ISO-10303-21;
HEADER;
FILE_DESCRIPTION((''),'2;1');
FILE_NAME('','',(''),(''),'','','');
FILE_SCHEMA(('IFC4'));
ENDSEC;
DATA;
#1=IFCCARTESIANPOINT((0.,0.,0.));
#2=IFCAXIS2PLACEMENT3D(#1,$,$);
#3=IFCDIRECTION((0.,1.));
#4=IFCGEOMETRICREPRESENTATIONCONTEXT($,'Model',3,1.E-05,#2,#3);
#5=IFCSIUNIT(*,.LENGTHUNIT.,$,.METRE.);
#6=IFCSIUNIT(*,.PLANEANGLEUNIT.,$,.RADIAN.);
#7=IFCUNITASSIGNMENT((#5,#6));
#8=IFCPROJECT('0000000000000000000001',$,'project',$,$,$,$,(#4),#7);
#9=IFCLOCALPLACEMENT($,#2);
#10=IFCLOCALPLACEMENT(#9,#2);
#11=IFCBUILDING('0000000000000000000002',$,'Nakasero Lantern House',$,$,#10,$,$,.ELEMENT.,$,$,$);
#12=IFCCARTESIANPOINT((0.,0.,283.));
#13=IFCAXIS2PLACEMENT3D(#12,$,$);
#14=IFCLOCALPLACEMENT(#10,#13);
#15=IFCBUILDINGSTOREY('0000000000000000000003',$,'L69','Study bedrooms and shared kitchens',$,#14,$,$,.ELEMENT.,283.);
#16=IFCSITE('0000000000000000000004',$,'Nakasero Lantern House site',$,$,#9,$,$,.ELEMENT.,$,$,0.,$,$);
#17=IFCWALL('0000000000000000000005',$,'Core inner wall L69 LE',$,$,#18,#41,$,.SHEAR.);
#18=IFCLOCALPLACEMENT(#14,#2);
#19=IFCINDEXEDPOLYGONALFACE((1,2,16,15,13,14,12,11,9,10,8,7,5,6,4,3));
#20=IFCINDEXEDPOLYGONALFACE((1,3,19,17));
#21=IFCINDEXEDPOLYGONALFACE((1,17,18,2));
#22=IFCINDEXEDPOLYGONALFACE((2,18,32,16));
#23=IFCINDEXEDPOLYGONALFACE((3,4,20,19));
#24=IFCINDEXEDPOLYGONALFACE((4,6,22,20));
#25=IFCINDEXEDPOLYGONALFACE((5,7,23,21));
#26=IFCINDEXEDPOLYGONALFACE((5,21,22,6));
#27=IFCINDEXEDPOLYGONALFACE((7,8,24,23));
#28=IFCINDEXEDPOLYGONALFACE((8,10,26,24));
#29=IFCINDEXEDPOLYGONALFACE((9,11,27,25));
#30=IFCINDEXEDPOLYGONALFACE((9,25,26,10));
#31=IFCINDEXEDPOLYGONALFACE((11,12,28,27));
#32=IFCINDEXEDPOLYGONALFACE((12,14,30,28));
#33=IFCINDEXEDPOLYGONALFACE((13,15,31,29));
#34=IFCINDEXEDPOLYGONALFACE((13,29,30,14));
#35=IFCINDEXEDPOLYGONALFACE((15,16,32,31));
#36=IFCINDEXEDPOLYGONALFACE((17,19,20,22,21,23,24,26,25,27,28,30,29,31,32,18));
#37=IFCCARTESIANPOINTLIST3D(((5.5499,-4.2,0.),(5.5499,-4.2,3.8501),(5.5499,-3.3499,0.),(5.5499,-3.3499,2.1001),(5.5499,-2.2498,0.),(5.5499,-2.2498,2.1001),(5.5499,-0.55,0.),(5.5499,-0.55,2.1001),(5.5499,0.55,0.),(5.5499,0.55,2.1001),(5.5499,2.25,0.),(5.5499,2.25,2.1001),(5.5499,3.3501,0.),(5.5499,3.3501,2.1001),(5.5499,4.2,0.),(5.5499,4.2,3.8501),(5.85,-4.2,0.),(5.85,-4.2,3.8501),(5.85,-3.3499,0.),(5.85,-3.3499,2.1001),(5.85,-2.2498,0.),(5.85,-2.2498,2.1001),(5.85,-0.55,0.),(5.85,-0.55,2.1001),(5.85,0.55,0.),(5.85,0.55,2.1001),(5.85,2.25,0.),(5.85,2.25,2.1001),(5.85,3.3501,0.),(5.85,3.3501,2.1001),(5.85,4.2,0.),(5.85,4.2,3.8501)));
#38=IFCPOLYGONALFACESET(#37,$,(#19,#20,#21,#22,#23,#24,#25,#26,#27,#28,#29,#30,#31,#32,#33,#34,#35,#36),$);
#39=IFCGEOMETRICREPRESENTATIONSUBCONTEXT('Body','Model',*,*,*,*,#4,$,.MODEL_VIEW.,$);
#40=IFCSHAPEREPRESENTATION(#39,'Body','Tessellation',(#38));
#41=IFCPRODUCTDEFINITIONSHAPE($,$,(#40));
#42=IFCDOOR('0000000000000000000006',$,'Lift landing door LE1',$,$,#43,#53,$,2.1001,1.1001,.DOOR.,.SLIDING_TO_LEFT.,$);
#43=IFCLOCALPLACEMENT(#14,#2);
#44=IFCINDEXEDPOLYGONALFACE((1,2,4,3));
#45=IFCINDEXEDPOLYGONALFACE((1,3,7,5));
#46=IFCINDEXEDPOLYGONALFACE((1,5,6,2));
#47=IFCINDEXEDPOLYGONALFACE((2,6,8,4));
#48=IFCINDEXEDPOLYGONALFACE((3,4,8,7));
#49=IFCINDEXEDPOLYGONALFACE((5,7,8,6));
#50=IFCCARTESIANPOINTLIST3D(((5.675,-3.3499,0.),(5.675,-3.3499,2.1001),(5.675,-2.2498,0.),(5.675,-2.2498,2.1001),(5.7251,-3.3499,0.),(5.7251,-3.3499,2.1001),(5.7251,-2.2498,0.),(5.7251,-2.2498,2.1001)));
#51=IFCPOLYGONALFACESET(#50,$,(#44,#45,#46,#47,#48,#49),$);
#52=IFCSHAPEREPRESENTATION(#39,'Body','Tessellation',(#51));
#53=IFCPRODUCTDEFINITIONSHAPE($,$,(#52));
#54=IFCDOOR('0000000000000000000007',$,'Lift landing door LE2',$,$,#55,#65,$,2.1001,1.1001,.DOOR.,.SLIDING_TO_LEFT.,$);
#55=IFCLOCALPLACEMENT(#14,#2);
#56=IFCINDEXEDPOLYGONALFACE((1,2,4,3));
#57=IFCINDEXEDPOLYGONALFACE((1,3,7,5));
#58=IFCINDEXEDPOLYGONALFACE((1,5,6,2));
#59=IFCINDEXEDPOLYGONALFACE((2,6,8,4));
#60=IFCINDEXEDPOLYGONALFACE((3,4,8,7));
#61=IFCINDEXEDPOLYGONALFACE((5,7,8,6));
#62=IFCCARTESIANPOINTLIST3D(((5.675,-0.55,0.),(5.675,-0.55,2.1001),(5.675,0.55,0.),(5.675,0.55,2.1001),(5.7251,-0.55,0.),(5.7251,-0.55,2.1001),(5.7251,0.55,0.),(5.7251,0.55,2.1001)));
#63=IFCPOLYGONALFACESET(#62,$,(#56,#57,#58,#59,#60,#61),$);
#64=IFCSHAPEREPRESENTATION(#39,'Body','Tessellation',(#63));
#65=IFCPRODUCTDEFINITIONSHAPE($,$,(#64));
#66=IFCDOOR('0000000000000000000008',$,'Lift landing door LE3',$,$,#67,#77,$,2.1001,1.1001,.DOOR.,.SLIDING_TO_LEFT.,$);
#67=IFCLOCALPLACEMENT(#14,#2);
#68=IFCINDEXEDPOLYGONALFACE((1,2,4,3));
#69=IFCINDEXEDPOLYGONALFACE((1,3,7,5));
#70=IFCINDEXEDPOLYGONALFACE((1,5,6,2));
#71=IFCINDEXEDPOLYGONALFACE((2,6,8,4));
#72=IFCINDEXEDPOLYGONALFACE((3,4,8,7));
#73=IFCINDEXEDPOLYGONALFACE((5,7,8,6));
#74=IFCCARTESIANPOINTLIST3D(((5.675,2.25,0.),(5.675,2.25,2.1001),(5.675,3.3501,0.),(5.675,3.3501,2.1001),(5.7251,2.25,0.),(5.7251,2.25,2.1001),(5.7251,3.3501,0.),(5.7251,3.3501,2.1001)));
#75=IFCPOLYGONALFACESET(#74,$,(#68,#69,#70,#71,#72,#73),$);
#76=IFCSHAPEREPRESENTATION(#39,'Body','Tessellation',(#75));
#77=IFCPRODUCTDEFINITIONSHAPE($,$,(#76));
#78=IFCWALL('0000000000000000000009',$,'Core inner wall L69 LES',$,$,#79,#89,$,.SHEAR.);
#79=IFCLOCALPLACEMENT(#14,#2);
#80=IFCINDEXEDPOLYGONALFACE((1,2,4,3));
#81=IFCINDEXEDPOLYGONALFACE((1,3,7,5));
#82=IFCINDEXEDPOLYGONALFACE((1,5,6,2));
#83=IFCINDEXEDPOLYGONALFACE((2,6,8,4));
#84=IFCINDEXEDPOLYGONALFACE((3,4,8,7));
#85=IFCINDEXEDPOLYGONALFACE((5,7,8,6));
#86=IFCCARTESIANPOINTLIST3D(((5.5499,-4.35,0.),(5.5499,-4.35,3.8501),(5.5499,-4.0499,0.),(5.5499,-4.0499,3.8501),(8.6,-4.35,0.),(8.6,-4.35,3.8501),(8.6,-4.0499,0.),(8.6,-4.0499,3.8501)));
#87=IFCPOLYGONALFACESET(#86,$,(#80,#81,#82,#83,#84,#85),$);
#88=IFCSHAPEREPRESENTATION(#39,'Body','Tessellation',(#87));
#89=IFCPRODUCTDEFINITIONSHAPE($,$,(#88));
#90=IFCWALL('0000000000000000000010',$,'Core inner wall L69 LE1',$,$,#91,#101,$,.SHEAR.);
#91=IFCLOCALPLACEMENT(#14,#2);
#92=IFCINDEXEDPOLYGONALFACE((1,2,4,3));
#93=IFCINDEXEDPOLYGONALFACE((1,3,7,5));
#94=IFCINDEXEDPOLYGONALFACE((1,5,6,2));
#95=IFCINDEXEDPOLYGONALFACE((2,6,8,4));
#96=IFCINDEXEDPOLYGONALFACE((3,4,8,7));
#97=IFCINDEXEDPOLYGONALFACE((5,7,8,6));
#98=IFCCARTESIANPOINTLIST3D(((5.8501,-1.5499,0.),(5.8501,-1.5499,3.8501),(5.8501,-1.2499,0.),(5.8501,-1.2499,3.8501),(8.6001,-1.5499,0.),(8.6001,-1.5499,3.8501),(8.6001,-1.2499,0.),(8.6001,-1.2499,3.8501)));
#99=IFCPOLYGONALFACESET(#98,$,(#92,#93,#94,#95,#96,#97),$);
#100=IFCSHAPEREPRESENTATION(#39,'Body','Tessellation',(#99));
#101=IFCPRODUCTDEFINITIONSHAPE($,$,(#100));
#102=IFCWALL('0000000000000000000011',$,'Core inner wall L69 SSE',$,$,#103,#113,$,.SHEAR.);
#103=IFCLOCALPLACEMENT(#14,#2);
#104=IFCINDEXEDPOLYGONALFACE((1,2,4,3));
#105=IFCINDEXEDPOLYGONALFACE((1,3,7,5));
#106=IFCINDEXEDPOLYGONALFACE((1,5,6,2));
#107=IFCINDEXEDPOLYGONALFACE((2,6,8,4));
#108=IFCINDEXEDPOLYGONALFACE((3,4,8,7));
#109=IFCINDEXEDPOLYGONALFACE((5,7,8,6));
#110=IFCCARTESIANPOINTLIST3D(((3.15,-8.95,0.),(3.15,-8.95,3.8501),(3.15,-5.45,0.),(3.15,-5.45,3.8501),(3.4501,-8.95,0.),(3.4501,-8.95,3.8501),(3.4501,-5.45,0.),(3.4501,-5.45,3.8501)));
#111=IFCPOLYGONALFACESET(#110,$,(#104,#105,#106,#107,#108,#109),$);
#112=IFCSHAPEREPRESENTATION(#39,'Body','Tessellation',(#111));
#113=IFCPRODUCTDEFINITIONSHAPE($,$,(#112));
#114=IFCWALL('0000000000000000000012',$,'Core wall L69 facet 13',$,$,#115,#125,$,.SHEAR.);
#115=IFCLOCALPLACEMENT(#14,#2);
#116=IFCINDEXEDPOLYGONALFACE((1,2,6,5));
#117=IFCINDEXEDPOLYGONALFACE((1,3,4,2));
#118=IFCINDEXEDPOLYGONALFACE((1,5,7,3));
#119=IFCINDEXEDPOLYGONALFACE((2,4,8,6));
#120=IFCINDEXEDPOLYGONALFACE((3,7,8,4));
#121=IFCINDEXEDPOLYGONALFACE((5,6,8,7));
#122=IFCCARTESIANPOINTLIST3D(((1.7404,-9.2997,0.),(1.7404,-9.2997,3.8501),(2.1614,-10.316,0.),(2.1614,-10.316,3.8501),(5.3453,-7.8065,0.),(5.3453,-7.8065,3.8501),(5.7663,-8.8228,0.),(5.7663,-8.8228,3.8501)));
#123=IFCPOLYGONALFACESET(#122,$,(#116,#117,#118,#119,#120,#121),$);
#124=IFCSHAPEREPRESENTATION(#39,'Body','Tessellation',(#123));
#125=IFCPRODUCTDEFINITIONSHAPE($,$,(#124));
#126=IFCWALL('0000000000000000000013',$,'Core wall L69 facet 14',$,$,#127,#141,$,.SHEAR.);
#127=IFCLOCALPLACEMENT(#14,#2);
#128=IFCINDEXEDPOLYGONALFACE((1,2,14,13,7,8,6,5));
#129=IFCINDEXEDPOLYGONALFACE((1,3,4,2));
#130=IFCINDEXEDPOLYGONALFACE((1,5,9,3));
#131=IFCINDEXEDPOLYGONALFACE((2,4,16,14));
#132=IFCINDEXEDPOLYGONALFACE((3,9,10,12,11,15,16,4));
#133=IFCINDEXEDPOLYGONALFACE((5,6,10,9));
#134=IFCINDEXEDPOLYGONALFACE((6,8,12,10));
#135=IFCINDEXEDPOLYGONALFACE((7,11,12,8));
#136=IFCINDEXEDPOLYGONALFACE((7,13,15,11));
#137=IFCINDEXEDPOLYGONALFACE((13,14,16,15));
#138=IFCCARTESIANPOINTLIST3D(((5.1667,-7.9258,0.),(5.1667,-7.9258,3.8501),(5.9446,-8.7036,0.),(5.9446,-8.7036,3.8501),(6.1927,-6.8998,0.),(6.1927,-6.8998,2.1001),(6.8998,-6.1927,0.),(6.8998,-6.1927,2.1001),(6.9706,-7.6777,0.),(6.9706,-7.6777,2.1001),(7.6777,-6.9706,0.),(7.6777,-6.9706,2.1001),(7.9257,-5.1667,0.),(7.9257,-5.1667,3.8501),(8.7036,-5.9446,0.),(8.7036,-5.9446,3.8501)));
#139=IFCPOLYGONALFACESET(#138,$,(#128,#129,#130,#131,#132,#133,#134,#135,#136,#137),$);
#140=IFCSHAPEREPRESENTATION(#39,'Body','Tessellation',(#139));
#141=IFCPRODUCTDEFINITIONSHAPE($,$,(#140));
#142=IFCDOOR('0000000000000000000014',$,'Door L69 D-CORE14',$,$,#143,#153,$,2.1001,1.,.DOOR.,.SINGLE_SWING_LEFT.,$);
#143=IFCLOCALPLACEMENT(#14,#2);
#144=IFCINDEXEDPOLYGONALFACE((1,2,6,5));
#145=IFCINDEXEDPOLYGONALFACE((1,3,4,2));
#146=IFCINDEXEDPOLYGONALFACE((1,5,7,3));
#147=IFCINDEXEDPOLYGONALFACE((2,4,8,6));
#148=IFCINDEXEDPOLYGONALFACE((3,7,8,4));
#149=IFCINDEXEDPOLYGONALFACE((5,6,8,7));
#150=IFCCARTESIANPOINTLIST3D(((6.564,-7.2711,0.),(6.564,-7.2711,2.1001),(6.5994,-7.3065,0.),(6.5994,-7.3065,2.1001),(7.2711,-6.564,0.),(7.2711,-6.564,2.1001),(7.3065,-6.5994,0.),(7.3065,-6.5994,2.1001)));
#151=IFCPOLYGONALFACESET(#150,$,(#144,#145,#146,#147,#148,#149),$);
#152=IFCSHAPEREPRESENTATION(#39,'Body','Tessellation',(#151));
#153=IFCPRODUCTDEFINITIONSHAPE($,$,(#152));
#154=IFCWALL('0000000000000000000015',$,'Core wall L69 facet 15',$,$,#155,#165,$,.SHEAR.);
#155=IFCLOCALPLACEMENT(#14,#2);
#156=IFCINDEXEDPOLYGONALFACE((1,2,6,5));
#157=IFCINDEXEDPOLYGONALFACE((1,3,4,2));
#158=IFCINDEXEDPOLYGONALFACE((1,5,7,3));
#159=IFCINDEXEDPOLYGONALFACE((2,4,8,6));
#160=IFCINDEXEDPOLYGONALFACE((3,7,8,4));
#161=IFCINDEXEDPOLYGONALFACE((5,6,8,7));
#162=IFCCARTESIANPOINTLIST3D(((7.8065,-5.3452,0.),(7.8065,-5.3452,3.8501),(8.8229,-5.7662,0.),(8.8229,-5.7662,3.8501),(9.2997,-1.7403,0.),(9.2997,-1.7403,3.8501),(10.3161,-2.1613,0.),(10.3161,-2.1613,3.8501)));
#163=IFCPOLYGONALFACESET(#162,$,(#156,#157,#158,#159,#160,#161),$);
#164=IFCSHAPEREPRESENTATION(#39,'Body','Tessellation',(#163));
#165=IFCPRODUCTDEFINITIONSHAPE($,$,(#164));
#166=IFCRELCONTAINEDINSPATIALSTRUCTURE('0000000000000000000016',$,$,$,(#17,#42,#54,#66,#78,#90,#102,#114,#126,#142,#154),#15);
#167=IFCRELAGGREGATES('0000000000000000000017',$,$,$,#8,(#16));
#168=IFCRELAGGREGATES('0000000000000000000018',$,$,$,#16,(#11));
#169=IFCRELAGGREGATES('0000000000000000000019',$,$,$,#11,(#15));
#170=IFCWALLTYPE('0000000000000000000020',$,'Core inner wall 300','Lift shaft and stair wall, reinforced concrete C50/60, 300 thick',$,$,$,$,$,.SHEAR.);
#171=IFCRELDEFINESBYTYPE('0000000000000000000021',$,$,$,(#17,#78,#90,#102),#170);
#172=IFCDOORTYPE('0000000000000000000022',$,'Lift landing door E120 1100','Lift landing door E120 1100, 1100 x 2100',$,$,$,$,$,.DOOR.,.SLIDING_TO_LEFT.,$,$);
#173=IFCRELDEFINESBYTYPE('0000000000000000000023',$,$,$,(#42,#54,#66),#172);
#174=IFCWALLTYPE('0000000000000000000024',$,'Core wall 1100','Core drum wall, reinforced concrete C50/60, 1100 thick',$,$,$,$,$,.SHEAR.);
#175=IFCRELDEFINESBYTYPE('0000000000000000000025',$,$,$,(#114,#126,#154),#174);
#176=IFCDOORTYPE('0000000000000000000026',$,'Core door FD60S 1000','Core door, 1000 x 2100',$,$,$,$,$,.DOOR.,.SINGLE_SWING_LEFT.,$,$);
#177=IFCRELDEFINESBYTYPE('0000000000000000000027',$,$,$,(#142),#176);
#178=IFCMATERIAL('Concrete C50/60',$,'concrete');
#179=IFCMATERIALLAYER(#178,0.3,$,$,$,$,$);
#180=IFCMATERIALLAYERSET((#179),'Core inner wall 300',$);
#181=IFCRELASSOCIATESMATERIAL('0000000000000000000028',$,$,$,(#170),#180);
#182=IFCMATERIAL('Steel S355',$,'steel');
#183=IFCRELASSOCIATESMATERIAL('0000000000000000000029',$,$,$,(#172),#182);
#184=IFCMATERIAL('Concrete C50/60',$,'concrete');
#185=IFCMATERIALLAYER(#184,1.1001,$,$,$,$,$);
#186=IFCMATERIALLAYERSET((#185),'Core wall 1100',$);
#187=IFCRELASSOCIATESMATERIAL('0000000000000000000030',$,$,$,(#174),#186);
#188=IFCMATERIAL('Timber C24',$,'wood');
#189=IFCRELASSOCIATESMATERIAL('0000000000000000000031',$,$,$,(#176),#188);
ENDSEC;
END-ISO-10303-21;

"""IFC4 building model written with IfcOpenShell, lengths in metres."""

from ifc_helpers import new_model, si_unit, direction, frame, frame_2d, origin, place, context, subcontext, project, spatial, rectangle, extrude, material, layer, layer_set, type_object, element, fill, save


model = new_model("IFC4")

# Units and contexts
model_context = context("Model", 3, precision=1e-05, world=origin(), true_north=direction((0.0, 1.0)))
body_context = subcontext(model_context, "Body", "Model", "MODEL_VIEW")
ifc_project = project(units=[si_unit("LENGTHUNIT", "METRE"), si_unit("PLANEANGLEUNIT", "RADIAN")], contexts=[model_context])

# Site, building, storey
site_placement = place(None, origin())
site = spatial("IfcSite", under=ifc_project, at=site_placement, Name="Nakasero Lantern House site", CompositionType="ELEMENT", RefElevation=0.0)
building_placement = place(site_placement, origin())
building = spatial("IfcBuilding", under=site, at=building_placement, Name="Nakasero Lantern House", CompositionType="ELEMENT")
storey_placement = place(building_placement, frame((0.0, 0.0, 283.0)))
storey = spatial("IfcBuildingStorey", under=building, at=storey_placement, Name="L69", Description="Study bedrooms and shared kitchens", CompositionType="ELEMENT", Elevation=283.0)

# Wall, openings, doors
ifc_material_1 = material(Name="Concrete C50/60", Category="concrete")
ifc_layer_1 = layer(ifc_material_1, 0.3)
ifc_layer_set_1 = layer_set([ifc_layer_1], Name="Core inner wall 300")
wall_type_1 = type_object("IfcWallType", Name="Core inner wall 300", Description="Lift shaft and stair wall, reinforced concrete C50/60, 300 thick", PredefinedType="SHEAR", material=ifc_layer_set_1)
wall_1_placement = place(storey_placement, frame((5.7, -4.2, 0.0), z_axis=(0.0, 0.0, 1.0), x_axis=(0.0, 1.0, 0.0)))
wall_1 = element("IfcWall", 1, at=wall_1_placement, inside=storey, type_object=wall_type_1, Name="Core inner wall L69 LE", PredefinedType="SHEAR", context=body_context, shape_type="SweptSolid", body=[
    extrude(rectangle(XDim=8.3999, YDim=0.3, at=frame_2d((4.2, 0.0))), origin(), (0.0, 0.0, 1.0), 3.8501),
])
opening_1_placement = place(wall_1_placement, frame((0.8501, 0.0, 0.0)))
opening_1 = element("IfcOpeningElement", 2, at=opening_1_placement, cuts=wall_1, PredefinedType="OPENING", context=body_context, shape_type="SweptSolid", body=[
    extrude(rectangle(XDim=1.1001, YDim=2.1001, at=frame_2d((0.55, 1.05))), frame((0.0, 0.1699, 0.0), z_axis=(0.0, -1.0, 0.0), x_axis=(1.0, 0.0, 0.0)), (0.0, 0.0, 1.0), 0.3401),
])
opening_2_placement = place(wall_1_placement, frame((3.6499, 0.0, 0.0)))
opening_2 = element("IfcOpeningElement", 3, at=opening_2_placement, cuts=wall_1, PredefinedType="OPENING", context=body_context, shape_type="SweptSolid", body=[
    extrude(rectangle(XDim=1.1001, YDim=2.1001, at=frame_2d((0.55, 1.05))), frame((0.0, 0.1699, 0.0), z_axis=(0.0, -1.0, 0.0), x_axis=(1.0, 0.0, 0.0)), (0.0, 0.0, 1.0), 0.3401),
])
opening_3_placement = place(wall_1_placement, frame((6.45, 0.0, 0.0)))
opening_3 = element("IfcOpeningElement", 4, at=opening_3_placement, cuts=wall_1, PredefinedType="OPENING", context=body_context, shape_type="SweptSolid", body=[
    extrude(rectangle(XDim=1.1001, YDim=2.1001, at=frame_2d((0.55, 1.05))), frame((0.0, 0.1699, 0.0), z_axis=(0.0, -1.0, 0.0), x_axis=(1.0, 0.0, 0.0)), (0.0, 0.0, 1.0), 0.3401),
])
ifc_material_2 = material(Name="Steel S355", Category="steel")
door_type_1 = type_object("IfcDoorType", Name="Lift landing door E120 1100", Description="Lift landing door E120 1100, 1100 x 2100", OperationType="SLIDING_TO_LEFT", PredefinedType="DOOR", material=ifc_material_2)
door_1_placement = place(opening_1_placement, origin())
door_1 = element("IfcDoor", 5, at=door_1_placement, inside=storey, type_object=door_type_1, Name="Lift landing door LE1", OperationType="SLIDING_TO_LEFT", OverallHeight=2.1001, OverallWidth=1.1001, PredefinedType="DOOR", context=body_context, shape_type="SweptSolid", body=[
    extrude(rectangle(XDim=1.1001, YDim=2.1001, at=frame_2d((0.55, 1.05))), frame((0.0, 0.0249, 0.0), z_axis=(0.0, -1.0, 0.0), x_axis=(1.0, 0.0, 0.0)), (0.0, 0.0, 1.0), 0.05),
])
fill(opening_1, door_1)
door_2_placement = place(opening_2_placement, origin())
door_2 = element("IfcDoor", 6, at=door_2_placement, inside=storey, type_object=door_type_1, Name="Lift landing door LE2", OperationType="SLIDING_TO_LEFT", OverallHeight=2.1001, OverallWidth=1.1001, PredefinedType="DOOR", context=body_context, shape_type="SweptSolid", body=[
    extrude(rectangle(XDim=1.1001, YDim=2.1001, at=frame_2d((0.55, 1.05))), frame((0.0, 0.0249, 0.0), z_axis=(0.0, -1.0, 0.0), x_axis=(1.0, 0.0, 0.0)), (0.0, 0.0, 1.0), 0.05),
])
fill(opening_2, door_2)
door_3_placement = place(opening_3_placement, origin())
door_3 = element("IfcDoor", 7, at=door_3_placement, inside=storey, type_object=door_type_1, Name="Lift landing door LE3", OperationType="SLIDING_TO_LEFT", OverallHeight=2.1001, OverallWidth=1.1001, PredefinedType="DOOR", context=body_context, shape_type="SweptSolid", body=[
    extrude(rectangle(XDim=1.1001, YDim=2.1001, at=frame_2d((0.55, 1.05))), frame((0.0, 0.0249, 0.0), z_axis=(0.0, -1.0, 0.0), x_axis=(1.0, 0.0, 0.0)), (0.0, 0.0, 1.0), 0.05),
])
fill(opening_3, door_3)

# Walls
wall_2_placement = place(storey_placement, frame((5.55, -4.2, 0.0), z_axis=(0.0, 0.0, 1.0), x_axis=(1.0, 0.0, 0.0)))
element("IfcWall", 8, at=wall_2_placement, inside=storey, type_object=wall_type_1, Name="Core inner wall L69 LES", PredefinedType="SHEAR", context=body_context, shape_type="SweptSolid", body=[
    extrude(rectangle(XDim=3.05, YDim=0.3, at=frame_2d((1.5249, 0.0))), origin(), (0.0, 0.0, 1.0), 3.8501),
])
wall_3_placement = place(storey_placement, frame((5.8501, -1.3999, 0.0), z_axis=(0.0, 0.0, 1.0), x_axis=(1.0, 0.0, 0.0)))
element("IfcWall", 9, at=wall_3_placement, inside=storey, type_object=wall_type_1, Name="Core inner wall L69 LE1", PredefinedType="SHEAR", context=body_context, shape_type="SweptSolid", body=[
    extrude(rectangle(XDim=2.75, YDim=0.3, at=frame_2d((1.375, 0.0))), origin(), (0.0, 0.0, 1.0), 3.8501),
])
wall_4_placement = place(storey_placement, frame((3.3, -5.45, 0.0), z_axis=(0.0, 0.0, 1.0), x_axis=(0.0, -1.0, 0.0)))
element("IfcWall", 10, at=wall_4_placement, inside=storey, type_object=wall_type_1, Name="Core inner wall L69 SSE", PredefinedType="SHEAR", context=body_context, shape_type="SweptSolid", body=[
    extrude(rectangle(XDim=3.5, YDim=0.3, at=frame_2d((1.75, 0.0))), origin(), (0.0, 0.0, 1.0), 3.8501),
])
ifc_material_3 = material(Name="Concrete C50/60", Category="concrete")
ifc_layer_2 = layer(ifc_material_3, 1.1001)
ifc_layer_set_2 = layer_set([ifc_layer_2], Name="Core wall 1100")
wall_type_2 = type_object("IfcWallType", Name="Core wall 1100", Description="Core drum wall, reinforced concrete C50/60, 1100 thick", PredefinedType="SHEAR", material=ifc_layer_set_2)
wall_5_placement = place(storey_placement, frame((1.9509, -9.8079, 0.0), z_axis=(0.0, 0.0, 1.0), x_axis=(0.923877, 0.382691, 0.0)))
element("IfcWall", 11, at=wall_5_placement, inside=storey, type_object=wall_type_2, Name="Core wall L69 facet 13", PredefinedType="SHEAR", context=body_context, shape_type="SweptSolid", body=[
    extrude(rectangle(XDim=3.9019, YDim=1.1001, at=frame_2d((1.9509, 0.0))), origin(), (0.0, 0.0, 1.0), 3.8501),
])

# Wall, opening, door
wall_6_placement = place(storey_placement, frame((5.5557, -8.3147, 0.0), z_axis=(0.0, 0.0, 1.0), x_axis=(0.707107, 0.707107, 0.0)))
wall_6 = element("IfcWall", 12, at=wall_6_placement, inside=storey, type_object=wall_type_2, Name="Core wall L69 facet 14", PredefinedType="SHEAR", context=body_context, shape_type="SweptSolid", body=[
    extrude(rectangle(XDim=3.9019, YDim=1.1001, at=frame_2d((1.9509, 0.0))), origin(), (0.0, 0.0, 1.0), 3.8501),
])
opening_4_placement = place(wall_6_placement, frame((1.4509, 0.0, 0.0)))
opening_4 = element("IfcOpeningElement", 13, at=opening_4_placement, cuts=wall_6, PredefinedType="OPENING", context=body_context, shape_type="SweptSolid", body=[
    extrude(rectangle(XDim=1.0, YDim=2.1001, at=frame_2d((0.5, 1.05))), frame((0.0, 0.5701, 0.0), z_axis=(0.0, -1.0, 0.0), x_axis=(1.0, 0.0, 0.0)), (0.0, 0.0, 1.0), 1.1401),
])
ifc_material_4 = material(Name="Timber C24", Category="wood")
door_type_2 = type_object("IfcDoorType", Name="Core door FD60S 1000", Description="Core door, 1000 x 2100", OperationType="SINGLE_SWING_LEFT", PredefinedType="DOOR", material=ifc_material_4)
door_4_placement = place(opening_4_placement, origin())
door_4 = element("IfcDoor", 14, at=door_4_placement, inside=storey, type_object=door_type_2, Name="Door L69 D-CORE14", OperationType="SINGLE_SWING_LEFT", OverallHeight=2.1001, OverallWidth=1.0, PredefinedType="DOOR", context=body_context, shape_type="SweptSolid", body=[
    extrude(rectangle(XDim=1.0, YDim=2.1001, at=frame_2d((0.5, 1.05))), frame((0.0, 0.0249, 0.0), z_axis=(0.0, -1.0, 0.0), x_axis=(1.0, 0.0, 0.0)), (0.0, 0.0, 1.0), 0.05),
])
fill(opening_4, door_4)

# Wall
wall_7_placement = place(storey_placement, frame((8.3147, -5.5557, 0.0), z_axis=(0.0, 0.0, 1.0), x_axis=(0.382691, 0.923877, 0.0)))
element("IfcWall", 15, at=wall_7_placement, inside=storey, type_object=wall_type_2, Name="Core wall L69 facet 15", PredefinedType="SHEAR", context=body_context, shape_type="SweptSolid", body=[
    extrude(rectangle(XDim=3.9019, YDim=1.1001, at=frame_2d((1.9509, 0.0))), origin(), (0.0, 0.0, 1.0), 3.8501),
])

save(model, "model.ifc")
